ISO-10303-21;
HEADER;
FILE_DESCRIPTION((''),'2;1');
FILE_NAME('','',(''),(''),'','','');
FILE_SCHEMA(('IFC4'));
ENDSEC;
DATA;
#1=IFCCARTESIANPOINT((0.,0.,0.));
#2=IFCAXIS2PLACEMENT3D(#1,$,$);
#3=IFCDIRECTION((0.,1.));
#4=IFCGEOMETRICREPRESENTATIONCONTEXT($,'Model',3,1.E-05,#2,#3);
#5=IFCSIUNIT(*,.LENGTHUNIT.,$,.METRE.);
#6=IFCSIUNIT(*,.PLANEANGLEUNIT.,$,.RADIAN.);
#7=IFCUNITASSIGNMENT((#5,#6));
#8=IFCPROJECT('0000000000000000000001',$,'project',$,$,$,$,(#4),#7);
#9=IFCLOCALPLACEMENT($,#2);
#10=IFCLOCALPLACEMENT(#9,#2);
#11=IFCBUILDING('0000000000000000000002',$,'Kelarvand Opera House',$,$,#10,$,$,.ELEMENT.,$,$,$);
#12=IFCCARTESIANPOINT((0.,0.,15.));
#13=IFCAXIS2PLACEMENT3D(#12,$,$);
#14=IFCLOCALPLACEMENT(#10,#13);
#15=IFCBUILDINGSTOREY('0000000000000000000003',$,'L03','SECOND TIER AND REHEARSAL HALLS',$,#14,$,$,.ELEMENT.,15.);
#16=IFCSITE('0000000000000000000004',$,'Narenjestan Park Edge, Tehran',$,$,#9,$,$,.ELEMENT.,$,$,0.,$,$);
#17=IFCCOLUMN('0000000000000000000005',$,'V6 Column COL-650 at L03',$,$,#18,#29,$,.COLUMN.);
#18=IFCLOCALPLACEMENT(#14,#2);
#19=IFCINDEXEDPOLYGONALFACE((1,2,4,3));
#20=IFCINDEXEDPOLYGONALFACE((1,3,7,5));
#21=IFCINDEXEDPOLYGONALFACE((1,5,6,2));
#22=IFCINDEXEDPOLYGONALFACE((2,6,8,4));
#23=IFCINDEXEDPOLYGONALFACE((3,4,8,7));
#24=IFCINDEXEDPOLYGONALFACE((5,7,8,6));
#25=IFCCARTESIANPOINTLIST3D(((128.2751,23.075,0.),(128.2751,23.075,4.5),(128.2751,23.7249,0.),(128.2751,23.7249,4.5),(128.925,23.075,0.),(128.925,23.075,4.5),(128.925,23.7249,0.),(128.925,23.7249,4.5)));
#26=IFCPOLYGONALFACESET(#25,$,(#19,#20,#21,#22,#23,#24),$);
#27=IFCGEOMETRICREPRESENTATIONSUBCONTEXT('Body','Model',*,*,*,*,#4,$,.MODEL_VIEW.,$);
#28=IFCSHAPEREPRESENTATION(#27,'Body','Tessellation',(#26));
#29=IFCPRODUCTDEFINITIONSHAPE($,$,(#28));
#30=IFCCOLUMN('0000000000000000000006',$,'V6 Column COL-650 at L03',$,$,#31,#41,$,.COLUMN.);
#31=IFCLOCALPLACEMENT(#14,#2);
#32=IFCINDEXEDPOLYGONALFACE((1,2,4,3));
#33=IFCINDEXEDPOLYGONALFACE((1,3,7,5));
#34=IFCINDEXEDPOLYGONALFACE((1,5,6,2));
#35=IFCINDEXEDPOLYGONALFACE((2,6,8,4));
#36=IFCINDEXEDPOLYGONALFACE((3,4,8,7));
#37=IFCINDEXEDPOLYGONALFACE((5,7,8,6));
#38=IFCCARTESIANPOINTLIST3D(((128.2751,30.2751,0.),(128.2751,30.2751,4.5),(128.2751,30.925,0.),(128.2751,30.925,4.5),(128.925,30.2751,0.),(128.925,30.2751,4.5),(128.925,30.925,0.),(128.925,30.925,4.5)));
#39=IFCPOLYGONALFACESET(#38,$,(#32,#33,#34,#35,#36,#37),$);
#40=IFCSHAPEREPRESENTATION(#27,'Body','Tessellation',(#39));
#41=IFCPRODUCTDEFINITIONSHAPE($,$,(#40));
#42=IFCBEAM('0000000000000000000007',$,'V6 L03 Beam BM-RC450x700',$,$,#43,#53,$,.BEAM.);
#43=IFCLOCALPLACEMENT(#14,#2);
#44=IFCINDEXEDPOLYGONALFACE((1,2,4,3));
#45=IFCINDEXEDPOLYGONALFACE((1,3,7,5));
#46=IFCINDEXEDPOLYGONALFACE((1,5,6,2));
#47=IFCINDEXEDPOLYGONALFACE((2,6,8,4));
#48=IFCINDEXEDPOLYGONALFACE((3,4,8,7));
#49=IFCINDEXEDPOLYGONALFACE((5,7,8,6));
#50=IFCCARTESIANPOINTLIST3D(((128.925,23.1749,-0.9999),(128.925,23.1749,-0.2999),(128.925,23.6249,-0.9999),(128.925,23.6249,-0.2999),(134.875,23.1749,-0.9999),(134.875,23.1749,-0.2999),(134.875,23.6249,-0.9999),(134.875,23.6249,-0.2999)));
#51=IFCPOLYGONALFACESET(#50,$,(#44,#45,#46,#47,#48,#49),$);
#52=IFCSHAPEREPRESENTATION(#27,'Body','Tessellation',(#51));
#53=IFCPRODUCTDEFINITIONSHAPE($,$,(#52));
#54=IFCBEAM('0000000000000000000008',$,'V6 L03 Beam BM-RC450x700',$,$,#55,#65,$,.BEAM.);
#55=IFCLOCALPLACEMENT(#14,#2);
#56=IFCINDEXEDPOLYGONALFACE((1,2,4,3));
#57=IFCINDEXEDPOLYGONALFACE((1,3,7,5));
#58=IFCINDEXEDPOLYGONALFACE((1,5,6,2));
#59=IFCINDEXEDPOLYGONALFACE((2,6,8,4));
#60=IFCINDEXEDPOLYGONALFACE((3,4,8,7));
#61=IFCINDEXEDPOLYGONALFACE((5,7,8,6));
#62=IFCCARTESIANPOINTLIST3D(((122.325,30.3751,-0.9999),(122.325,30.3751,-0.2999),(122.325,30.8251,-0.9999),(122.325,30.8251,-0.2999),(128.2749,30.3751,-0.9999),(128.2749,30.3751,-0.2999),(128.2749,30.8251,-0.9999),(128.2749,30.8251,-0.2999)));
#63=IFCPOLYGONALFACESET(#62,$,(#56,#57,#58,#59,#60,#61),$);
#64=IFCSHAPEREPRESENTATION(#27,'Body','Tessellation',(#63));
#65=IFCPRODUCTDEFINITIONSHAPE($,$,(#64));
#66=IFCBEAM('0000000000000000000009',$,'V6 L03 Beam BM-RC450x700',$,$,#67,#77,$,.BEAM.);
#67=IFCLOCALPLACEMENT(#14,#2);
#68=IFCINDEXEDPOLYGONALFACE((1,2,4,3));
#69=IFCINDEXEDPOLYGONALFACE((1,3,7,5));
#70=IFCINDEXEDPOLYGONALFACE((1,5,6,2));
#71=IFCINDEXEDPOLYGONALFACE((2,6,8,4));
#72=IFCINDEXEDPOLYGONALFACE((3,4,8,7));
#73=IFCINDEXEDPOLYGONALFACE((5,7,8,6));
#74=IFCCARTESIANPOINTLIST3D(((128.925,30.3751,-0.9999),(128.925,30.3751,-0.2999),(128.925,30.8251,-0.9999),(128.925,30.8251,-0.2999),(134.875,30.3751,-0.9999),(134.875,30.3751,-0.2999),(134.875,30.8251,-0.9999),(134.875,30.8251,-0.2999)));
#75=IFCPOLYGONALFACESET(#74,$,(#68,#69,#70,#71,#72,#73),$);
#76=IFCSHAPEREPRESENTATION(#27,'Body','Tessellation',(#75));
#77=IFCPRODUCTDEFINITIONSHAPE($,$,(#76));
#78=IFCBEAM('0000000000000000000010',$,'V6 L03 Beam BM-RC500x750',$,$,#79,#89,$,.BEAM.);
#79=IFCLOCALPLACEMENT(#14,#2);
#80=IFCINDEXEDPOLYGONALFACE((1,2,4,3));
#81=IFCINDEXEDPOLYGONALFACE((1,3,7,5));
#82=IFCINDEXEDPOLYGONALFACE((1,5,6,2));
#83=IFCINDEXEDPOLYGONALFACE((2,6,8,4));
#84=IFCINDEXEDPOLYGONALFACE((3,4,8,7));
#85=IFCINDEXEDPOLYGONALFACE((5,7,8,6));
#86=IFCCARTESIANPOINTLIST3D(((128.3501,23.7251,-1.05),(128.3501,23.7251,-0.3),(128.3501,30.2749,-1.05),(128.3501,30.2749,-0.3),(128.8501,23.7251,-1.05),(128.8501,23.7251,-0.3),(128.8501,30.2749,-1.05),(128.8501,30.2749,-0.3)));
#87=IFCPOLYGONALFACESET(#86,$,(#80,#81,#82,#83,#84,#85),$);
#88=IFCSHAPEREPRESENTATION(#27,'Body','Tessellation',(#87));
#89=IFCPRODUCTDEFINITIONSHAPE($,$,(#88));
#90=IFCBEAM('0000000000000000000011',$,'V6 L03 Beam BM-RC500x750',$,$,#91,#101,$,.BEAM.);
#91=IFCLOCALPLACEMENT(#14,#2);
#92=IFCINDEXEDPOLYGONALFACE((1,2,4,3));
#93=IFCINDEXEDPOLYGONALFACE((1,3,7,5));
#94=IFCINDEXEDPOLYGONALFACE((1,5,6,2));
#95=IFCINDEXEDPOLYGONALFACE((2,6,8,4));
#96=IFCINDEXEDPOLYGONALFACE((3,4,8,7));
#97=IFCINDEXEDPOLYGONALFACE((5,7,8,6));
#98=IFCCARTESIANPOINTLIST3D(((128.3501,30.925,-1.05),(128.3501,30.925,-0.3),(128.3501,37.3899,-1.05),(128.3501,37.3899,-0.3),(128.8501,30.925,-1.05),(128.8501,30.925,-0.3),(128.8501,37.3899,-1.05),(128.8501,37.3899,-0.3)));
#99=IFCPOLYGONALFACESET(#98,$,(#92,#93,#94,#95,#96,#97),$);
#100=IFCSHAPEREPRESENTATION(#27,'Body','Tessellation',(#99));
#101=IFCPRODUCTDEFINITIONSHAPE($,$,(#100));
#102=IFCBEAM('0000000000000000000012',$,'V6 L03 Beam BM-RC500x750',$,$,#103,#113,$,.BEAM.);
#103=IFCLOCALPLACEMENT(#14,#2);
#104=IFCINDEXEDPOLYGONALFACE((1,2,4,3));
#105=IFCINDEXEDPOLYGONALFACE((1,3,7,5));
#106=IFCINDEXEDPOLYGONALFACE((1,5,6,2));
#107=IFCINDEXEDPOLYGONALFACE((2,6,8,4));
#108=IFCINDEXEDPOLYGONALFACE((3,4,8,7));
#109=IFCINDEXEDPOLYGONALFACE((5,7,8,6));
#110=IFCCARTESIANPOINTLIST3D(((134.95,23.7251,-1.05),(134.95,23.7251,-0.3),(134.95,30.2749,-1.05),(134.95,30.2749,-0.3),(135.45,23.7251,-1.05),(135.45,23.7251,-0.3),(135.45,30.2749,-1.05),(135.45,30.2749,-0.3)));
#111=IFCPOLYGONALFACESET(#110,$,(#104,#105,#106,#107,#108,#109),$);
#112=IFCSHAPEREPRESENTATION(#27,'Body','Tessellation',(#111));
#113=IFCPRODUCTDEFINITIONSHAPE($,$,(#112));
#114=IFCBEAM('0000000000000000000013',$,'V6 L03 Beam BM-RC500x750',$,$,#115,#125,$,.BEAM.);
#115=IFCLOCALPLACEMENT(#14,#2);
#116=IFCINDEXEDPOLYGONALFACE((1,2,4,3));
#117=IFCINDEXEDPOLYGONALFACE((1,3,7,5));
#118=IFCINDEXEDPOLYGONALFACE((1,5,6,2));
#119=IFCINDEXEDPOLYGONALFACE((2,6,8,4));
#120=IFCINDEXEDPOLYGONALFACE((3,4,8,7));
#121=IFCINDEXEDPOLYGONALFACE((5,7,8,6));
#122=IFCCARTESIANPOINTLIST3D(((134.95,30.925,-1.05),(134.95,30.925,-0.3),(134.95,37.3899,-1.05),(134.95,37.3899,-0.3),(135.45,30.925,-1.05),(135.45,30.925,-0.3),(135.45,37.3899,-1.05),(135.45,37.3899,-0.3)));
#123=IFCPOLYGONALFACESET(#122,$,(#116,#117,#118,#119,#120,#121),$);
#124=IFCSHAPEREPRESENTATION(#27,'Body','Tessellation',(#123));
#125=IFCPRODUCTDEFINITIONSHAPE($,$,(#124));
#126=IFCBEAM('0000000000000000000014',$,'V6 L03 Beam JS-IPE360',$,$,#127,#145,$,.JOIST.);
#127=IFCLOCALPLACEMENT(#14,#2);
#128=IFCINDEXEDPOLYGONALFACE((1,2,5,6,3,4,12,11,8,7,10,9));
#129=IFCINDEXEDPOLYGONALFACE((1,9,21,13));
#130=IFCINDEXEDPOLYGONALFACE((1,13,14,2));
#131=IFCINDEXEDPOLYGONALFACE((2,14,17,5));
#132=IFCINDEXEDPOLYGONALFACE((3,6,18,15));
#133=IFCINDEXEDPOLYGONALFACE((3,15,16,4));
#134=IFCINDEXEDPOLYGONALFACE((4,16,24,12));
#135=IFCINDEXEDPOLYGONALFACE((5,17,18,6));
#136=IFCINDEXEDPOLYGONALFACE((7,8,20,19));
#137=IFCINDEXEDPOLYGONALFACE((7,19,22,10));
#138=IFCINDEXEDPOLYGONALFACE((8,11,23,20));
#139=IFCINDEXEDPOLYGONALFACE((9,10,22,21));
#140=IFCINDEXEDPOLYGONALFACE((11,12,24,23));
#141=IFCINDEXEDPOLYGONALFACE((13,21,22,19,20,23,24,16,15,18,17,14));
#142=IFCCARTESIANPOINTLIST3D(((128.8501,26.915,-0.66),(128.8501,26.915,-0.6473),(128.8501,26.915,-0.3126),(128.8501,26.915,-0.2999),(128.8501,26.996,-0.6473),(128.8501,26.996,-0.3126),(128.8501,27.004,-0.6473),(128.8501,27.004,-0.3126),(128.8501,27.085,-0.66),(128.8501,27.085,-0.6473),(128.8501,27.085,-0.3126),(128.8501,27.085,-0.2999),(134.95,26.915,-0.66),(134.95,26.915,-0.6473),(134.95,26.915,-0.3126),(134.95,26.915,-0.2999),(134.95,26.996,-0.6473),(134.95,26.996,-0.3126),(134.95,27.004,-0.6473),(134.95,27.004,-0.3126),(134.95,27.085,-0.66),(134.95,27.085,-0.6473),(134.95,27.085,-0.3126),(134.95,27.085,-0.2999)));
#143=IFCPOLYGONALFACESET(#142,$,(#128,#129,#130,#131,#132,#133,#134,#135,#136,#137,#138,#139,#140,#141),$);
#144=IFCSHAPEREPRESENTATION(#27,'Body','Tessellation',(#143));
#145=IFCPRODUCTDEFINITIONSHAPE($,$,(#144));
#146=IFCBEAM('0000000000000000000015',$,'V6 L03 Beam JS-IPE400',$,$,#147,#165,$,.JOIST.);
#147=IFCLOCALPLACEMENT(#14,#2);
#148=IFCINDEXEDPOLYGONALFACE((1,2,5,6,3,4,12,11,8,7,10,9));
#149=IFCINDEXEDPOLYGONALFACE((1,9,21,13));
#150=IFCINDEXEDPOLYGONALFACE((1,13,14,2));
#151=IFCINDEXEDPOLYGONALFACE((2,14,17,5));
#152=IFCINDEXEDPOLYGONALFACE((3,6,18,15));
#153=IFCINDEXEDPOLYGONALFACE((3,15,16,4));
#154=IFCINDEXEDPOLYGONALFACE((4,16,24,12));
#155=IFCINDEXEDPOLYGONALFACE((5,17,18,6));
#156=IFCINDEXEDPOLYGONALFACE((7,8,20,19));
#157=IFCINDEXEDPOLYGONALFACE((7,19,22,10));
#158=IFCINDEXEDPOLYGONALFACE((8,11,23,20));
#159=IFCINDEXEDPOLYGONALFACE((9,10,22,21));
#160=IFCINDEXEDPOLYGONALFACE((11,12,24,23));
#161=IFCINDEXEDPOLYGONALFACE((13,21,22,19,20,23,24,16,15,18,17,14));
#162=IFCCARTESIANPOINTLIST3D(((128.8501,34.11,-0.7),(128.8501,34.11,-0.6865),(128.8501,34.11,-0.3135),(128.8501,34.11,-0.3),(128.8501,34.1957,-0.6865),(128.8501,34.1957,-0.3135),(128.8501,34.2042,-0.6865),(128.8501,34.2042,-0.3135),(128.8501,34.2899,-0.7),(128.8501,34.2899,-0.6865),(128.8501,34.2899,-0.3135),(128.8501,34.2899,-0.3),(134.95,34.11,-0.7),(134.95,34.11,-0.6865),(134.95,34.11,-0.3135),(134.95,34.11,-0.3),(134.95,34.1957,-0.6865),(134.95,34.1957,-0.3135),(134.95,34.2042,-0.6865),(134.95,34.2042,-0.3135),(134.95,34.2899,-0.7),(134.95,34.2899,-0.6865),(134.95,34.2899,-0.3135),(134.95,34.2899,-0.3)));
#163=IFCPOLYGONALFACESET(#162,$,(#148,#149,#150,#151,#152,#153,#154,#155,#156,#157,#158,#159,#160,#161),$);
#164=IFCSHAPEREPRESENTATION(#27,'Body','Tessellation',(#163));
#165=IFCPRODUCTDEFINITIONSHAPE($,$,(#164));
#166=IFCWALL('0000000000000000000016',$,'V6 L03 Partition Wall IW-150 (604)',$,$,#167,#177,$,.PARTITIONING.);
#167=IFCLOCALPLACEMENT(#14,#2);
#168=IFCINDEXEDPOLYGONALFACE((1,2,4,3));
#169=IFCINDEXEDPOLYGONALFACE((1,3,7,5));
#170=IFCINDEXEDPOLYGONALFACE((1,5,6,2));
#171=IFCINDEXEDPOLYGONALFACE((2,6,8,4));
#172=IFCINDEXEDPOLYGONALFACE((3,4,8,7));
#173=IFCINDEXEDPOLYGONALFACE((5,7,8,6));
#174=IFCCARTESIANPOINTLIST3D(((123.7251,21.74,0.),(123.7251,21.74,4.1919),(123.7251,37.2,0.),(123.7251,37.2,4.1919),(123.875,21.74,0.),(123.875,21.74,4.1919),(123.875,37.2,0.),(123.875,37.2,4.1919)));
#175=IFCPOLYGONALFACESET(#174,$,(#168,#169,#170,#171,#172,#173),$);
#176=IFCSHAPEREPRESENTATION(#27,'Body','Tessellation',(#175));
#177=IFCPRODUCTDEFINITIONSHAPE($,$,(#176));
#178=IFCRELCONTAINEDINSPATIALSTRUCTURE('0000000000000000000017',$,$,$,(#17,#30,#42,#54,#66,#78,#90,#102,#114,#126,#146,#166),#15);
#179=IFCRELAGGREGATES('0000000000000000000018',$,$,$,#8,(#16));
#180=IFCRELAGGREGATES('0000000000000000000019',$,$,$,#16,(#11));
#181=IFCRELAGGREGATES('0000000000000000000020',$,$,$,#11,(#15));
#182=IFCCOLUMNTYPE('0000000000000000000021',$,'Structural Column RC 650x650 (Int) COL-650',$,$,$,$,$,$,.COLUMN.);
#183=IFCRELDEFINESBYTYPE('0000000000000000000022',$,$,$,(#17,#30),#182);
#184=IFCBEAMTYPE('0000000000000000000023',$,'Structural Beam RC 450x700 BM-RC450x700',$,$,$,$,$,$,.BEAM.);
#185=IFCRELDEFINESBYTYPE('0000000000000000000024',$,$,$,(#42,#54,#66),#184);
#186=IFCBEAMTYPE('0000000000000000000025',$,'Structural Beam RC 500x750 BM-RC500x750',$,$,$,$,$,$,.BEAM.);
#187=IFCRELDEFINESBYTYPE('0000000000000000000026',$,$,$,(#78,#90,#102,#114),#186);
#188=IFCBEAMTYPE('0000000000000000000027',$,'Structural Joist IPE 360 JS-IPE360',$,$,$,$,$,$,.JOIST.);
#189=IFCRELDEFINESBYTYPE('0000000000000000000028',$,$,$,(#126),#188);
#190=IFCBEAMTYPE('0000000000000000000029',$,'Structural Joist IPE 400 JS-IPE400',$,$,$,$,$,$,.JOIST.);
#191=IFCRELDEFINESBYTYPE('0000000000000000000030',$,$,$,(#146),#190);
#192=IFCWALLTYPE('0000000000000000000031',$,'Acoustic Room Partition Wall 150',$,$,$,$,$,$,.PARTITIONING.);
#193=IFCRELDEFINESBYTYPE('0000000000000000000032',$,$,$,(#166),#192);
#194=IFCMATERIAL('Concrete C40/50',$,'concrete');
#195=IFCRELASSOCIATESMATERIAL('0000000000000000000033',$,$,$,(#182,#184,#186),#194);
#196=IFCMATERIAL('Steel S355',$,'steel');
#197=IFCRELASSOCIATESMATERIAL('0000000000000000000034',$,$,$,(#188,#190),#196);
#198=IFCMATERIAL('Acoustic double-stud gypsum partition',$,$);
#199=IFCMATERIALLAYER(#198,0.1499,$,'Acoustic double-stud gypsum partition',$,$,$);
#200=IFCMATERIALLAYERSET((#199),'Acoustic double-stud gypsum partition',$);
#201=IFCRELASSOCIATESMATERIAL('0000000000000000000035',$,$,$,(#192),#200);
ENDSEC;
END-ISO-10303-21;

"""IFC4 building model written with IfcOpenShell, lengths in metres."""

from ifc_helpers import new_model, si_unit, direction, frame, frame_2d, origin, origin_2d, place, context, subcontext, project, spatial, rectangle, i_section, extrude, material, layer, layer_set, material_profile, profile_set, type_object, element, save


model = new_model("IFC4")

# Units and contexts
model_context = context("Model", 3, precision=1e-05, world=origin(), true_north=direction((0.0, 1.0)))
body_context = subcontext(model_context, "Body", "Model", "MODEL_VIEW")
ifc_project = project(units=[si_unit("LENGTHUNIT", "METRE"), si_unit("PLANEANGLEUNIT", "RADIAN")], contexts=[model_context])

# Site, building, storey
site_placement = place(None, origin())
site = spatial("IfcSite", under=ifc_project, at=site_placement, Name="Narenjestan Park Edge, Tehran", CompositionType="ELEMENT", RefElevation=0.0)
building_placement = place(site_placement, origin())
building = spatial("IfcBuilding", under=site, at=building_placement, Name="Kelarvand Opera House", CompositionType="ELEMENT")
storey_placement = place(building_placement, frame((0.0, 0.0, 15.0)))
storey = spatial("IfcBuildingStorey", under=building, at=storey_placement, Name="L03", Description="SECOND TIER AND REHEARSAL HALLS", CompositionType="ELEMENT", Elevation=15.0)

# Columns
ifc_material_1 = material(Name="Concrete C40/50", Category="concrete")
ifc_material_profile_1 = material_profile(ifc_material_1, rectangle(XDim=0.6499, YDim=0.6499, at=origin_2d()), Name="RC 650x650", Category="concrete")
ifc_profile_set_1 = profile_set([ifc_material_profile_1], Name="Concrete C40/50")
column_type = type_object("IfcColumnType", Name="Structural Column RC 650x650 (Int) COL-650", PredefinedType="COLUMN", material=ifc_profile_set_1)
for number, where, z_axis, x_axis, name in (
    (1, (128.6001, 23.3999, 0.0), (0.0, 0.0, 1.0), (1.0, 0.0, 0.0), "V6 Column COL-650 at L03"),
    (2, (128.6001, 30.6001, 0.0), (0.0, 0.0, 1.0), (1.0, 0.0, 0.0), "V6 Column COL-650 at L03"),
):
    element("IfcColumn", number, at=place(storey_placement, frame(where, z_axis=z_axis, x_axis=x_axis)), inside=storey, type_object=column_type, Name=name, PredefinedType="COLUMN", context=body_context, shape_type="SweptSolid", body=[
        extrude(rectangle(XDim=0.6499, YDim=0.6499, at=origin_2d()), origin(), (0.0, 0.0, 1.0), 4.5),
    ])

# Beams
ifc_material_profile_2 = material_profile(ifc_material_1, rectangle(XDim=0.45, YDim=0.7, at=origin_2d()), Name="RC 450x700", Category="concrete")
ifc_profile_set_2 = profile_set([ifc_material_profile_2], Name="Concrete C40/50")
beam_type_1 = type_object("IfcBeamType", Name="Structural Beam RC 450x700 BM-RC450x700", PredefinedType="BEAM", material=ifc_profile_set_2)
for number, where, z_axis, x_axis, name in (
    (3, (128.925, 23.3999, -0.6499), (1.0, 0.0, 0.0), (0.0, 1.0, 0.0), "V6 L03 Beam BM-RC450x700"),
    (4, (122.325, 30.6001, -0.6499), (1.0, 0.0, 0.0), (0.0, 1.0, 0.0), "V6 L03 Beam BM-RC450x700"),
    (5, (128.925, 30.6001, -0.6499), (1.0, 0.0, 0.0), (0.0, 1.0, 0.0), "V6 L03 Beam BM-RC450x700"),
):
    element("IfcBeam", number, at=place(storey_placement, frame(where, z_axis=z_axis, x_axis=x_axis)), inside=storey, type_object=beam_type_1, Name=name, PredefinedType="BEAM", context=body_context, shape_type="SweptSolid", body=[
        extrude(rectangle(XDim=0.45, YDim=0.7, at=origin_2d()), origin(), (0.0, 0.0, 1.0), 5.95),
    ])
ifc_material_profile_3 = material_profile(ifc_material_1, rectangle(XDim=0.5, YDim=0.75, at=origin_2d()), Name="RC 500x750", Category="concrete")
ifc_profile_set_3 = profile_set([ifc_material_profile_3], Name="Concrete C40/50")
beam_type_2 = type_object("IfcBeamType", Name="Structural Beam RC 500x750 BM-RC500x750", PredefinedType="BEAM", material=ifc_profile_set_3)
beam_1_placement = place(storey_placement, frame((128.6001, 23.7251, -0.675), z_axis=(0.0, 1.0, 0.0), x_axis=(-1.0, 0.0, 0.0)))
element("IfcBeam", 6, at=beam_1_placement, inside=storey, type_object=beam_type_2, Name="V6 L03 Beam BM-RC500x750", PredefinedType="BEAM", context=body_context, shape_type="SweptSolid", body=[
    extrude(rectangle(XDim=0.5, YDim=0.75, at=origin_2d()), origin(), (0.0, 0.0, 1.0), 6.5498),
])
beam_2_placement = place(storey_placement, frame((128.6001, 30.925, -0.675), z_axis=(0.0, 1.0, 0.0), x_axis=(-1.0, 0.0, 0.0)))
element("IfcBeam", 7, at=beam_2_placement, inside=storey, type_object=beam_type_2, Name="V6 L03 Beam BM-RC500x750", PredefinedType="BEAM", context=body_context, shape_type="SweptSolid", body=[
    extrude(rectangle(XDim=0.5, YDim=0.75, at=origin_2d()), origin(), (0.0, 0.0, 1.0), 6.4648),
])
beam_3_placement = place(storey_placement, frame((135.2, 23.7251, -0.675), z_axis=(0.0, 1.0, 0.0), x_axis=(-1.0, 0.0, 0.0)))
element("IfcBeam", 8, at=beam_3_placement, inside=storey, type_object=beam_type_2, Name="V6 L03 Beam BM-RC500x750", PredefinedType="BEAM", context=body_context, shape_type="SweptSolid", body=[
    extrude(rectangle(XDim=0.5, YDim=0.75, at=origin_2d()), origin(), (0.0, 0.0, 1.0), 6.5498),
])
beam_4_placement = place(storey_placement, frame((135.2, 30.925, -0.675), z_axis=(0.0, 1.0, 0.0), x_axis=(-1.0, 0.0, 0.0)))
element("IfcBeam", 9, at=beam_4_placement, inside=storey, type_object=beam_type_2, Name="V6 L03 Beam BM-RC500x750", PredefinedType="BEAM", context=body_context, shape_type="SweptSolid", body=[
    extrude(rectangle(XDim=0.5, YDim=0.75, at=origin_2d()), origin(), (0.0, 0.0, 1.0), 6.4648),
])
ifc_material_2 = material(Name="Steel S355", Category="steel")
ifc_material_profile_4 = material_profile(ifc_material_2, i_section(OverallWidth=0.1699, OverallDepth=0.3601, WebThickness=0.0081, FlangeThickness=0.0127, at=origin_2d()), Name="IPE 360", Category="steel")
ifc_profile_set_4 = profile_set([ifc_material_profile_4], Name="Steel S355")
beam_type_3 = type_object("IfcBeamType", Name="Structural Joist IPE 360 JS-IPE360", PredefinedType="JOIST", material=ifc_profile_set_4)
beam_5_placement = place(storey_placement, frame((128.8501, 27.0, -0.48), z_axis=(1.0, 0.0, 0.0), x_axis=(0.0, 1.0, 0.0)))
element("IfcBeam", 10, at=beam_5_placement, inside=storey, type_object=beam_type_3, Name="V6 L03 Beam JS-IPE360", PredefinedType="JOIST", context=body_context, shape_type="SweptSolid", body=[
    extrude(i_section(OverallWidth=0.1699, OverallDepth=0.3601, WebThickness=0.0081, FlangeThickness=0.0127, at=origin_2d()), origin(), (0.0, 0.0, 1.0), 6.0999),
])
ifc_material_profile_5 = material_profile(ifc_material_2, i_section(OverallWidth=0.1799, OverallDepth=0.3999, WebThickness=0.0085, FlangeThickness=0.0134, at=origin_2d()), Name="IPE 400", Category="steel")
ifc_profile_set_5 = profile_set([ifc_material_profile_5], Name="Steel S355")
beam_type_4 = type_object("IfcBeamType", Name="Structural Joist IPE 400 JS-IPE400", PredefinedType="JOIST", material=ifc_profile_set_5)
beam_6_placement = place(storey_placement, frame((128.8501, 34.2, -0.5), z_axis=(1.0, 0.0, 0.0), x_axis=(0.0, 1.0, 0.0)))
element("IfcBeam", 11, at=beam_6_placement, inside=storey, type_object=beam_type_4, Name="V6 L03 Beam JS-IPE400", PredefinedType="JOIST", context=body_context, shape_type="SweptSolid", body=[
    extrude(i_section(OverallWidth=0.1799, OverallDepth=0.3999, WebThickness=0.0085, FlangeThickness=0.0134, at=origin_2d()), origin(), (0.0, 0.0, 1.0), 6.0999),
])

# Wall
ifc_material_3 = material(Name="Acoustic double-stud gypsum partition")
ifc_layer_1 = layer(ifc_material_3, 0.1499, Name="Acoustic double-stud gypsum partition")
ifc_layer_set_1 = layer_set([ifc_layer_1], Name="Acoustic double-stud gypsum partition")
wall_type_1 = type_object("IfcWallType", Name="Acoustic Room Partition Wall 150", PredefinedType="PARTITIONING", material=ifc_layer_set_1)
wall_1_placement = place(storey_placement, frame((123.8, 21.74, 0.0), z_axis=(0.0, 0.0, 1.0), x_axis=(0.0, 1.0, 0.0)))
element("IfcWall", 12, at=wall_1_placement, inside=storey, type_object=wall_type_1, Name="V6 L03 Partition Wall IW-150 (604)", PredefinedType="PARTITIONING", context=body_context, shape_type="SweptSolid", body=[
    extrude(rectangle(XDim=15.46, YDim=0.1499, at=frame_2d((7.73, 0.0))), origin(), (0.0, 0.0, 1.0), 4.1919),
])

save(model, "model.ifc")
